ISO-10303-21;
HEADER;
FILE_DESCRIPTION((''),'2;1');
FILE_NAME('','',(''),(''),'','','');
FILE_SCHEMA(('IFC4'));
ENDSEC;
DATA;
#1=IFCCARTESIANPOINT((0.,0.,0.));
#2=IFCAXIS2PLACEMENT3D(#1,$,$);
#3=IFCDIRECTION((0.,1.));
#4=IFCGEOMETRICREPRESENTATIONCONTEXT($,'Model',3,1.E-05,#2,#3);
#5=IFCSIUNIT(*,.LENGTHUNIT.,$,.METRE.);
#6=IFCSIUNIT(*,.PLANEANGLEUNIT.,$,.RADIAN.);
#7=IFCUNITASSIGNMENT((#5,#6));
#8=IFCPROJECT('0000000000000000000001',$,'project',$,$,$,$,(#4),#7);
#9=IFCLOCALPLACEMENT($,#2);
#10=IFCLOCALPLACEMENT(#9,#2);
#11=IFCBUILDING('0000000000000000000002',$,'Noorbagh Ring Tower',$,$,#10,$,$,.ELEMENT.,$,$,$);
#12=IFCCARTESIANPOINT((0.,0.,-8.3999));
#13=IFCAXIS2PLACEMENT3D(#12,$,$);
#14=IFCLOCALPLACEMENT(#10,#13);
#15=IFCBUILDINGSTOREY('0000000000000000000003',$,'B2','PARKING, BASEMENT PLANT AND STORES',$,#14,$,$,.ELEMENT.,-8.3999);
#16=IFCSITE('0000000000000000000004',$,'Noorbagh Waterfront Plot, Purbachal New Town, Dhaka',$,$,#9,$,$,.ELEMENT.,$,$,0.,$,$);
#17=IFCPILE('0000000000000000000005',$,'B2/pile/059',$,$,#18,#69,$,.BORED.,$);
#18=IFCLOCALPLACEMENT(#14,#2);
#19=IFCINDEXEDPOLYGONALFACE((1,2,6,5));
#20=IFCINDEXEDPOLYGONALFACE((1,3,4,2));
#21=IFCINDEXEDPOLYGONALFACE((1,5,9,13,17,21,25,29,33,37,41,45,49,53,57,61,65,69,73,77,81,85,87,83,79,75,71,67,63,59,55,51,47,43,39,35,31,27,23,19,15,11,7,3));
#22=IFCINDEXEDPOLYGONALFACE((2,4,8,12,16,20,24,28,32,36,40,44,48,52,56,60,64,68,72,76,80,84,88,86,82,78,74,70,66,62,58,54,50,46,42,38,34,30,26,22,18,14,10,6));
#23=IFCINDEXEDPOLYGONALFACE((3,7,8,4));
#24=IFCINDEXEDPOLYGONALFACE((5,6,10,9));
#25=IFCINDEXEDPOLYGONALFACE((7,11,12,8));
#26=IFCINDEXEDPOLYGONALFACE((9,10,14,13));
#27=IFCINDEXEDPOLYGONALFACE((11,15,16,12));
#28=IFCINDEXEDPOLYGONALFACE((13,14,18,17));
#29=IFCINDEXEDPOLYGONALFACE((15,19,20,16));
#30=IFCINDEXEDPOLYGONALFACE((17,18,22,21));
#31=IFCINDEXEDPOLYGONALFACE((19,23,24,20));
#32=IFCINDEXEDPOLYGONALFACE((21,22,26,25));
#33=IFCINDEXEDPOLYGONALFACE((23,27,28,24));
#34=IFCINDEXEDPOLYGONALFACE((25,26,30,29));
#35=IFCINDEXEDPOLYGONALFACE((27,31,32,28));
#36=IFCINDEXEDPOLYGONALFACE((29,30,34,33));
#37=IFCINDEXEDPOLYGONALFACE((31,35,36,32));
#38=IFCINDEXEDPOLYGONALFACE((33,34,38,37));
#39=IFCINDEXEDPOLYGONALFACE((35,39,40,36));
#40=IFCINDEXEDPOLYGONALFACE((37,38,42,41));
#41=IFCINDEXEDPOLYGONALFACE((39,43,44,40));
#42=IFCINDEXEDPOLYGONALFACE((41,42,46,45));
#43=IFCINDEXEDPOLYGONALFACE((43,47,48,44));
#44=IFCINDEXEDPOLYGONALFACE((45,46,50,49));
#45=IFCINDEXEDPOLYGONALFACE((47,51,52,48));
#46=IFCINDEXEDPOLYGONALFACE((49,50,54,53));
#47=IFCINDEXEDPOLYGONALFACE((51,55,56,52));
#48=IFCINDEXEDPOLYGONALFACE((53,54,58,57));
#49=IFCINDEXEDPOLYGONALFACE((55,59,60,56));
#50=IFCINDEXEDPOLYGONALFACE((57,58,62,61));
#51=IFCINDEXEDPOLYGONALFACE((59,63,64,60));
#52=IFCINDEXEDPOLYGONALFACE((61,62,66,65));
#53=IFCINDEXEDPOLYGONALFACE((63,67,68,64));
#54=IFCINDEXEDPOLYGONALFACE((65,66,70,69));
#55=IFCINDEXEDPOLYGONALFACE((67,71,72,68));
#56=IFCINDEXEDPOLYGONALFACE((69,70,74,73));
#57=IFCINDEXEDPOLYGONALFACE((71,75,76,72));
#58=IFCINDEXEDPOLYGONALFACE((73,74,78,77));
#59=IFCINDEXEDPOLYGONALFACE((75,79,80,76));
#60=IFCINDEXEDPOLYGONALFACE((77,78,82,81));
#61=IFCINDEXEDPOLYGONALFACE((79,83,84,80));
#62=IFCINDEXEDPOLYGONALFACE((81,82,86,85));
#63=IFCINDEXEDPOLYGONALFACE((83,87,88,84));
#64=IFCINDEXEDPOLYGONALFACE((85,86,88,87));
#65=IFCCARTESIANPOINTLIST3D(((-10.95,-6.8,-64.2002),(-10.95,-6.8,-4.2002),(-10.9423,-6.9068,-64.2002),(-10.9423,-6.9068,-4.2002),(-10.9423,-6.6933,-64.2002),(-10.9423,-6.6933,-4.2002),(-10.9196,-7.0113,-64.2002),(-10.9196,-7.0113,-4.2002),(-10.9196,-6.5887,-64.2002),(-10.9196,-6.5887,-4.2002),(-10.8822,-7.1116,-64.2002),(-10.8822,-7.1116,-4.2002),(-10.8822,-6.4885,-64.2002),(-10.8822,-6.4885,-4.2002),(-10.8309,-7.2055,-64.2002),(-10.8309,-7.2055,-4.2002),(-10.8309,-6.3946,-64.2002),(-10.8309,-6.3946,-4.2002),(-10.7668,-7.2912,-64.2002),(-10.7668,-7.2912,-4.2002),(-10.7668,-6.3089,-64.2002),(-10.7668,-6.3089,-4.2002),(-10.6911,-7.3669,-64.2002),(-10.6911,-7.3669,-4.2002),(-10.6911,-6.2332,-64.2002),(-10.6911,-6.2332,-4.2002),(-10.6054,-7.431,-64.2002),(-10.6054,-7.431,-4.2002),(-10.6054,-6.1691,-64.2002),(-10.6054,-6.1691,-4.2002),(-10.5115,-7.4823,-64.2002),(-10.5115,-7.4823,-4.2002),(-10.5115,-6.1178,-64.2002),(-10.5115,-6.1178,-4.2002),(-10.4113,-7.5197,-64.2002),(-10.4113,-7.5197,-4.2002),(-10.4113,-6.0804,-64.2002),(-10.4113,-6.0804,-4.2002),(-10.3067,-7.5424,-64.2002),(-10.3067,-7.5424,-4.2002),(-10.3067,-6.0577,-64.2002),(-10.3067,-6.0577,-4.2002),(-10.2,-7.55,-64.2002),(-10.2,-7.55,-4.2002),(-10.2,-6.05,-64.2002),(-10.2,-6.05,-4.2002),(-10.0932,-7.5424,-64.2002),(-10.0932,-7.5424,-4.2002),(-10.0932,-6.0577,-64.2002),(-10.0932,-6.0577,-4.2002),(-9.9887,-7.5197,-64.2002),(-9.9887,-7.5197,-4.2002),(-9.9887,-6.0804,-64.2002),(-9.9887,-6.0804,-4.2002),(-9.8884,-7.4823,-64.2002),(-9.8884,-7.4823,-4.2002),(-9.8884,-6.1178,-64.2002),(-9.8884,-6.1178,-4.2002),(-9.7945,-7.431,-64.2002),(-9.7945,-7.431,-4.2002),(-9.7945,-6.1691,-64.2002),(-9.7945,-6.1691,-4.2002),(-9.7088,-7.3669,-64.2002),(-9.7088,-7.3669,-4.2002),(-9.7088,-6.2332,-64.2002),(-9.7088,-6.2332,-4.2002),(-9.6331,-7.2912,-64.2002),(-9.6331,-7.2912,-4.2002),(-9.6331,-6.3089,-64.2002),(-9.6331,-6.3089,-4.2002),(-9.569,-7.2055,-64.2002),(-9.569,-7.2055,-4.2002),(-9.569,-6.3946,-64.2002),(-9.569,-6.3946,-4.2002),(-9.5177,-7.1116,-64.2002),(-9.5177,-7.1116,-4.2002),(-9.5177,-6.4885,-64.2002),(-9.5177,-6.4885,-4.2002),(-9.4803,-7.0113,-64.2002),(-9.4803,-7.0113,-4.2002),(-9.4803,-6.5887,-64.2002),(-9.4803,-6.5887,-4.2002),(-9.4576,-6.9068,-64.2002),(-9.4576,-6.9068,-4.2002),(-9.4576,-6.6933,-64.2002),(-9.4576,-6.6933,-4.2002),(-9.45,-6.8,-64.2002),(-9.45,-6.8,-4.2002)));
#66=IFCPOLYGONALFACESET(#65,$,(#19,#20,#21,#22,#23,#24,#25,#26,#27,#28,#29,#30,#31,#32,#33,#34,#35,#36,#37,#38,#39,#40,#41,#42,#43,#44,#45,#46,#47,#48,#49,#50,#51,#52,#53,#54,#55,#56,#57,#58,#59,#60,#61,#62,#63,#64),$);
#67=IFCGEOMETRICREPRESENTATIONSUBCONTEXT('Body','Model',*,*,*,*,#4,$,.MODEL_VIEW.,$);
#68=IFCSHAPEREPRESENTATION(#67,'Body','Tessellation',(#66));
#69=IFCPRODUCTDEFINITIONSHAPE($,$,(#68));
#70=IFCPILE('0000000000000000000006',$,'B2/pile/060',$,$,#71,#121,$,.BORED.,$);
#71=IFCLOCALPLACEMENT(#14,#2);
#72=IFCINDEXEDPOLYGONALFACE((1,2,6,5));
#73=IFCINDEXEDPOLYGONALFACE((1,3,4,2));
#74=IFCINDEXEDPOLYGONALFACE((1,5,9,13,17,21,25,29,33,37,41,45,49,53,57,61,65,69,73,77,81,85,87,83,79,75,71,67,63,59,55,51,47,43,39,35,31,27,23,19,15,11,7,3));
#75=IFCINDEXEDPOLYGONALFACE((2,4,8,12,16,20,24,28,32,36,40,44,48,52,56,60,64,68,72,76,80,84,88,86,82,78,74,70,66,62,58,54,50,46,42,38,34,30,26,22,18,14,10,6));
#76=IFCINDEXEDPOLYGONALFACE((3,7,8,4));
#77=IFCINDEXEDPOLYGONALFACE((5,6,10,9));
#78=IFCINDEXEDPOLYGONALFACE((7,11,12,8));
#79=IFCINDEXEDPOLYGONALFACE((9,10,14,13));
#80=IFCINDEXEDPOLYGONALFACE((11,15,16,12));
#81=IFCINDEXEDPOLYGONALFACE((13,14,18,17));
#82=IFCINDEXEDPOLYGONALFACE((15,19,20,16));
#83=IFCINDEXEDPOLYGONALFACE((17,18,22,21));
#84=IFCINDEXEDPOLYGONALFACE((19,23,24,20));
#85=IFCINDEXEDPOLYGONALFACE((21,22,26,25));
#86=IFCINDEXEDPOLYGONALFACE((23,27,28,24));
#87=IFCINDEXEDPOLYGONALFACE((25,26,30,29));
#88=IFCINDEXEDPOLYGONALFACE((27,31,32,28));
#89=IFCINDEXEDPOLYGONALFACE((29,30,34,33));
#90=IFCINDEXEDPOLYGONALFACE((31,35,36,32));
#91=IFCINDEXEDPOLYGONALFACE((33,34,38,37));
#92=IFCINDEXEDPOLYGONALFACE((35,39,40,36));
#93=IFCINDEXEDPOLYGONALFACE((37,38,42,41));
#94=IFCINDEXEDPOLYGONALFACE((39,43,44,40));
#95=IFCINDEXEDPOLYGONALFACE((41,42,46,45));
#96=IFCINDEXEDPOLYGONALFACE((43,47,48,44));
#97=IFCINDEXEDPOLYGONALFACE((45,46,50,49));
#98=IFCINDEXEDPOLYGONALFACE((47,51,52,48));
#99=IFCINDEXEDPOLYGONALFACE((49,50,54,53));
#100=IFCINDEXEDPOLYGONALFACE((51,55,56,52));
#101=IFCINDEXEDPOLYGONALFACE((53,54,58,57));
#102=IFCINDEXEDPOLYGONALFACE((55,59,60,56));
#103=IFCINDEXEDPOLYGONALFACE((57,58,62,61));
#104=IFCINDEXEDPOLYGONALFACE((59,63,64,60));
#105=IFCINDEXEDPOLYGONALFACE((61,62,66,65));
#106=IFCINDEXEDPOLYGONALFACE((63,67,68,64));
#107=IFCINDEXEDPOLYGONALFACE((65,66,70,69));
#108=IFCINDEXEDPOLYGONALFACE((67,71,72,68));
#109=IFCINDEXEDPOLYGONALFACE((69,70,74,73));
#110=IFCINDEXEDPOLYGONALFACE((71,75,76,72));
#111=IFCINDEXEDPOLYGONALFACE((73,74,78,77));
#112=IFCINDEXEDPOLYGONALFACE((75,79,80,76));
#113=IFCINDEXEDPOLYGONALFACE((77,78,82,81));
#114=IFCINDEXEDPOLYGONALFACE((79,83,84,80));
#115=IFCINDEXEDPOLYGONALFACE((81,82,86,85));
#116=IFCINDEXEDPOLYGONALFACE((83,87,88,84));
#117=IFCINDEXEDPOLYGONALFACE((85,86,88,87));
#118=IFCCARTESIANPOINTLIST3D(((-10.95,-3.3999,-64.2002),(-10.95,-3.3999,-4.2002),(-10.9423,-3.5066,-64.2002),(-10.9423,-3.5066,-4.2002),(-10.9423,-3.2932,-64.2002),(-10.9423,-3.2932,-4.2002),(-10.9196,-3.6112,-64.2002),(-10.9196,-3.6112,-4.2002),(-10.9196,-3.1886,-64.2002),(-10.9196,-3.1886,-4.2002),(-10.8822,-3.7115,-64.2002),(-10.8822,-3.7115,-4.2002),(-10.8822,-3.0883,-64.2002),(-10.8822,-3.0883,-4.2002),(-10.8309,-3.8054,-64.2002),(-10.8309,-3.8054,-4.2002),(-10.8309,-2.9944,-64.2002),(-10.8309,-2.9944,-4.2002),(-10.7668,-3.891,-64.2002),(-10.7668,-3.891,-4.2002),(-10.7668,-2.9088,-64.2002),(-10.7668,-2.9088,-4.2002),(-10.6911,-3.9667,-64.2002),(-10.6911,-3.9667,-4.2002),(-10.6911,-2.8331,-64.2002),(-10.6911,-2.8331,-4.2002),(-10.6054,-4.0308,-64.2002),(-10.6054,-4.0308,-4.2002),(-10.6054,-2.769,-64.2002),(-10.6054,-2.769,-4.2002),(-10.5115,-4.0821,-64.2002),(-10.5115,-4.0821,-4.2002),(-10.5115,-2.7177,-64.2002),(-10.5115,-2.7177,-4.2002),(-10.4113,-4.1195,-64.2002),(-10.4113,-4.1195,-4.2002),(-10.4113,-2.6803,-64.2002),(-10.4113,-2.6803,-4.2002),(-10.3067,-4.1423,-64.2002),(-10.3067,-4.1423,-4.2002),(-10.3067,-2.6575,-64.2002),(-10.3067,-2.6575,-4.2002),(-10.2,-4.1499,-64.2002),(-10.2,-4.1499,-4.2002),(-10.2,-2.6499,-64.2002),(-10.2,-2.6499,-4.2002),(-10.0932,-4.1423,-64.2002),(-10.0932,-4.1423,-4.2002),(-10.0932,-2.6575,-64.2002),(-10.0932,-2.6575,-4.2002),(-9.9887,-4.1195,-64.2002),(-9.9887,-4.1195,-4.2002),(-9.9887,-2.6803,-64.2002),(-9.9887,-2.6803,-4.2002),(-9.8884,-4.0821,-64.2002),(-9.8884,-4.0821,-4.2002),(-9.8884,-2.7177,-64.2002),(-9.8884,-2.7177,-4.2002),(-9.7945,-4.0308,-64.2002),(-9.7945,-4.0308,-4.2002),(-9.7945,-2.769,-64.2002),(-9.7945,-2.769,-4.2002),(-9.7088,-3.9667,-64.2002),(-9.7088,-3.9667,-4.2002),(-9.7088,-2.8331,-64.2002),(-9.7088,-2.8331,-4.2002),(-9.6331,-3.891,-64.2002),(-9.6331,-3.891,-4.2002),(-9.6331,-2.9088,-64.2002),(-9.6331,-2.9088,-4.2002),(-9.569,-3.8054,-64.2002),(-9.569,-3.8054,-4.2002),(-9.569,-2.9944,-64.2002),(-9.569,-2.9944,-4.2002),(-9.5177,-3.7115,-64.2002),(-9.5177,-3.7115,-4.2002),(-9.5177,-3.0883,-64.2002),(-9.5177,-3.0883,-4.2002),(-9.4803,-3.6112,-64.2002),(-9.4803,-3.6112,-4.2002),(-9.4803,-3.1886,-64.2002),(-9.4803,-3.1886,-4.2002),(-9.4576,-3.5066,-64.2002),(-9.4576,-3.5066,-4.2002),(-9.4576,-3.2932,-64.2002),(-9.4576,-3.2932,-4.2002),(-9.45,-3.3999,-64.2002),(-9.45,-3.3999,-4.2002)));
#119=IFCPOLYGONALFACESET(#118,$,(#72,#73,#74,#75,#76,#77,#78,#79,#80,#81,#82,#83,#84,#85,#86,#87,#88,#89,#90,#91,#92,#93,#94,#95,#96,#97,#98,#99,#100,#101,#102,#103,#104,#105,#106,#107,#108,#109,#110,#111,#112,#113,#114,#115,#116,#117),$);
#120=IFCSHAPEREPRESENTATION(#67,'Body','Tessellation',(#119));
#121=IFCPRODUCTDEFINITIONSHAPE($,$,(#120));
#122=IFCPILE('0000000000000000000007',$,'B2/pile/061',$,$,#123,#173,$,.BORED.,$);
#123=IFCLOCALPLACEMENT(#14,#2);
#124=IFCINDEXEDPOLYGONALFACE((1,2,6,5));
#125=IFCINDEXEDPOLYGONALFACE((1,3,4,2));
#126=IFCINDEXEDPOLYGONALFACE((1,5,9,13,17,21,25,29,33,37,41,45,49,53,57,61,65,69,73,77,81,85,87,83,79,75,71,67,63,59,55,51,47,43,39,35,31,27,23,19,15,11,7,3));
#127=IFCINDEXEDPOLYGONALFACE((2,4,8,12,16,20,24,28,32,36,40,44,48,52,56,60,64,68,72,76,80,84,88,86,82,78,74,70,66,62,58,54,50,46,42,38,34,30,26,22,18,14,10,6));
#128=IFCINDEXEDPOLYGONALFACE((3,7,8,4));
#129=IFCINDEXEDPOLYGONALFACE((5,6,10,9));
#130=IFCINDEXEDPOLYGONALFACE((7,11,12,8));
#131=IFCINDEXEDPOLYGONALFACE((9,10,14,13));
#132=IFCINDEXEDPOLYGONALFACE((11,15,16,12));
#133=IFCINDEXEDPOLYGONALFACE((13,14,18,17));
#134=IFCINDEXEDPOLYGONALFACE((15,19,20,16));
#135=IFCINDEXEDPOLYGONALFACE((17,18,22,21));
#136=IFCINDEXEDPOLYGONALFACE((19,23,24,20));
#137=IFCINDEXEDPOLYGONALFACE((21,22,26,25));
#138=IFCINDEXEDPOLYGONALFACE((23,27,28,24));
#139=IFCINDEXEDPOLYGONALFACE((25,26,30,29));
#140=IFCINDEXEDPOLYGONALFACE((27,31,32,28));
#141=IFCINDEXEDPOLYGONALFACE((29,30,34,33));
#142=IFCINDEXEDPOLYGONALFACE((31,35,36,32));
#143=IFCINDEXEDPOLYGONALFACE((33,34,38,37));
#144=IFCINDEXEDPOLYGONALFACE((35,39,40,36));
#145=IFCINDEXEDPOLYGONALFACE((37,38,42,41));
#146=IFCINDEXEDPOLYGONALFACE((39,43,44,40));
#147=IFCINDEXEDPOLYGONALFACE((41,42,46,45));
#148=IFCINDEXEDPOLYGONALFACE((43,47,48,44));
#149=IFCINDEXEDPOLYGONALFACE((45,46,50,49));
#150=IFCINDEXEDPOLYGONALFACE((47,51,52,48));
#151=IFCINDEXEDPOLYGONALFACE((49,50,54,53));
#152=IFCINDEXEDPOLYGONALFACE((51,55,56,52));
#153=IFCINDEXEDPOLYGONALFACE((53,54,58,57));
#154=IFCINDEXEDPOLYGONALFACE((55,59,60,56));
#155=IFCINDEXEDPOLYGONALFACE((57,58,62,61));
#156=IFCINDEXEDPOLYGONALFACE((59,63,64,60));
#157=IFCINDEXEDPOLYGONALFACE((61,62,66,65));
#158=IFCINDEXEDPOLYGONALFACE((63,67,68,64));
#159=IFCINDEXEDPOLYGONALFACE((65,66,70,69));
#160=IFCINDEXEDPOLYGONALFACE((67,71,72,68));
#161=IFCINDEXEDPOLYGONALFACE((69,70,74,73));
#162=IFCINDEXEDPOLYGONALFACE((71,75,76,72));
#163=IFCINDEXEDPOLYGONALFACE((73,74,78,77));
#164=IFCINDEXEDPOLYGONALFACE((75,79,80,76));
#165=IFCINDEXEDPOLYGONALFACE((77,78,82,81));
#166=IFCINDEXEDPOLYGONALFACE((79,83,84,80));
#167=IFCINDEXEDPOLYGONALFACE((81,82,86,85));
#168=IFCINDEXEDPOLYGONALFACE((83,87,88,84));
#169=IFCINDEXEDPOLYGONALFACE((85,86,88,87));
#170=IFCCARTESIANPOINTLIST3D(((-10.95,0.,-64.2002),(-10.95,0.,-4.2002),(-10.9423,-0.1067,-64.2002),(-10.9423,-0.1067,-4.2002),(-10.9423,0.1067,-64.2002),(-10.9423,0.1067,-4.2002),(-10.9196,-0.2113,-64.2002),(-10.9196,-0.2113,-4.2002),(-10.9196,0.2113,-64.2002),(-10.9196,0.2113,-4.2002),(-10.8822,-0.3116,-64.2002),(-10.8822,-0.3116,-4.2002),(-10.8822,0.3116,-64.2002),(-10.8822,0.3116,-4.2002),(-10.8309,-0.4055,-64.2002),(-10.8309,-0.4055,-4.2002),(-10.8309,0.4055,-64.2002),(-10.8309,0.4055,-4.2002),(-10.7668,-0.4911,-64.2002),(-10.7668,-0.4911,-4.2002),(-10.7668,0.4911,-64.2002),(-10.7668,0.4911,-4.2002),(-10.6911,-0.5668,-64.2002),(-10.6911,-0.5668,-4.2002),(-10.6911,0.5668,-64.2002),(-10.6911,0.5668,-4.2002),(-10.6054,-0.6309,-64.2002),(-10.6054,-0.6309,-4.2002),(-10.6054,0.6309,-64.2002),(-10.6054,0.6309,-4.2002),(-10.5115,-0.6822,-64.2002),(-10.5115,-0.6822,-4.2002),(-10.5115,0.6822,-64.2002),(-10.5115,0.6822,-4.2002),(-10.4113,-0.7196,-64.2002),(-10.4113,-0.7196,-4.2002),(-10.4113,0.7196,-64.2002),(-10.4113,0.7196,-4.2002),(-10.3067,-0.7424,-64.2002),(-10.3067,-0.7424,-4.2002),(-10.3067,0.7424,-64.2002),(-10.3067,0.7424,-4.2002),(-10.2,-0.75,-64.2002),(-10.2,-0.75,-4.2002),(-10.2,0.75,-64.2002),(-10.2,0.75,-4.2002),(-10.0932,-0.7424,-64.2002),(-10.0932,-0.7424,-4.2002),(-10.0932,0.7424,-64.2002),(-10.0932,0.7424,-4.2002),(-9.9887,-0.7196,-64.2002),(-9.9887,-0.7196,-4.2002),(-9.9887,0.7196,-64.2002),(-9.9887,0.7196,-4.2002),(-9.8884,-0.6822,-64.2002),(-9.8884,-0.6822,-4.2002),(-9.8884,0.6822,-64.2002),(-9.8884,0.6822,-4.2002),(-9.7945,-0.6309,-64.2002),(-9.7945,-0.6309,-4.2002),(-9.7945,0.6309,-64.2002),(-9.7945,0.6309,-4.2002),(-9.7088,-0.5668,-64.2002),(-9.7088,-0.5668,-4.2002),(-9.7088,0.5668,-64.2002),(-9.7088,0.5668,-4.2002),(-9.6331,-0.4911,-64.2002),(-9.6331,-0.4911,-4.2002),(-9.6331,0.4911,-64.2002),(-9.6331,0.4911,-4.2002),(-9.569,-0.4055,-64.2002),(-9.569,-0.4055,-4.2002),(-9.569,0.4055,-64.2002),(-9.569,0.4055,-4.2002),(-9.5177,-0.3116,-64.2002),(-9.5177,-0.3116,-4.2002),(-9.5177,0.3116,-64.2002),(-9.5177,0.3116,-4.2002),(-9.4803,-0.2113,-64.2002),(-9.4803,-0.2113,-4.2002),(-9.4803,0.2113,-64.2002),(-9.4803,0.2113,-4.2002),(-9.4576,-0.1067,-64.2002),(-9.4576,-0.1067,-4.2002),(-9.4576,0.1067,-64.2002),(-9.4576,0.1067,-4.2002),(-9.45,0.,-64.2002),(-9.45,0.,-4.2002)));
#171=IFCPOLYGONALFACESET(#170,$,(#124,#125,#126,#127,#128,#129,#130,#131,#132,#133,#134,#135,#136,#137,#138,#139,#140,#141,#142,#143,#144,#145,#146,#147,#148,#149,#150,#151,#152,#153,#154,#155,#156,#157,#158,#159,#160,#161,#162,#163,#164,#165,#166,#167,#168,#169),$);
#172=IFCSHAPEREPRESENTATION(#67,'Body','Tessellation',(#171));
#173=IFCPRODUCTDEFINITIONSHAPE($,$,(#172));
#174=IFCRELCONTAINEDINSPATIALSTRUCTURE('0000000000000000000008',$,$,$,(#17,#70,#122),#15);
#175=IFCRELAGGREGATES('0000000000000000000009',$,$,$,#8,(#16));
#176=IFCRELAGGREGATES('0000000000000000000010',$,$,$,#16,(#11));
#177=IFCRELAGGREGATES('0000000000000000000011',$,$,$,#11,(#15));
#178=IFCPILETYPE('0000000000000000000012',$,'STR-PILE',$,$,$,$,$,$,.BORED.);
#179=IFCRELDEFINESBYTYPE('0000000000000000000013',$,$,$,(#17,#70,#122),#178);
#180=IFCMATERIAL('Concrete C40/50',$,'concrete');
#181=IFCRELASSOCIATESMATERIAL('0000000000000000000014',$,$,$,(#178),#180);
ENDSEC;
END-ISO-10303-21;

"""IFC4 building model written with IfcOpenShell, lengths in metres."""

from ifc_helpers import new_model, si_unit, direction, frame, origin, origin_2d, place, context, subcontext, project, spatial, circle, extrude, material, material_profile, profile_set, type_object, element, save


model = new_model("IFC4")

# Units and contexts
model_context = context("Model", 3, precision=1e-05, world=origin(), true_north=direction((0.0, 1.0)))
body_context = subcontext(model_context, "Body", "Model", "MODEL_VIEW")
ifc_project = project(units=[si_unit("LENGTHUNIT", "METRE"), si_unit("PLANEANGLEUNIT", "RADIAN")], contexts=[model_context])

# Site, building, storey
site_placement = place(None, origin())
site = spatial("IfcSite", under=ifc_project, at=site_placement, Name="Noorbagh Waterfront Plot, Purbachal New Town, Dhaka", CompositionType="ELEMENT", RefElevation=0.0)
building_placement = place(site_placement, origin())
building = spatial("IfcBuilding", under=site, at=building_placement, Name="Noorbagh Ring Tower", CompositionType="ELEMENT")
storey_placement = place(building_placement, frame((0.0, 0.0, -8.3999)))
storey = spatial("IfcBuildingStorey", under=building, at=storey_placement, Name="B2", Description="PARKING, BASEMENT PLANT AND STORES", CompositionType="ELEMENT", Elevation=-8.3999)

# Piles
ifc_material_1 = material(Name="Concrete C40/50", Category="concrete")
ifc_material_profile_1 = material_profile(ifc_material_1, circle(Radius=0.75, at=origin_2d()), Name="PILE1500")
ifc_profile_set_1 = profile_set([ifc_material_profile_1], Name="Concrete C40/50")
pile_type = type_object("IfcPileType", Name="STR-PILE", PredefinedType="BORED", material=ifc_profile_set_1)
for number, where, z_axis, x_axis, name in (
    (1, (-10.2, -6.8, -4.2002), (0.0, 0.0, -1.0), (1.0, 0.0, 0.0), "B2/pile/059"),
    (2, (-10.2, -3.3999, -4.2002), (0.0, 0.0, -1.0), (1.0, 0.0, 0.0), "B2/pile/060"),
    (3, (-10.2, 0.0, -4.2002), (0.0, 0.0, -1.0), (1.0, 0.0, 0.0), "B2/pile/061"),
):
    element("IfcPile", number, at=place(storey_placement, frame(where, z_axis=z_axis, x_axis=x_axis)), inside=storey, type_object=pile_type, Name=name, PredefinedType="BORED", context=body_context, shape_type="SweptSolid", body=[
        extrude(circle(Radius=0.75, at=origin_2d()), origin(), (0.0, 0.0, 1.0), 60.0),
    ])

save(model, "model.ifc")
